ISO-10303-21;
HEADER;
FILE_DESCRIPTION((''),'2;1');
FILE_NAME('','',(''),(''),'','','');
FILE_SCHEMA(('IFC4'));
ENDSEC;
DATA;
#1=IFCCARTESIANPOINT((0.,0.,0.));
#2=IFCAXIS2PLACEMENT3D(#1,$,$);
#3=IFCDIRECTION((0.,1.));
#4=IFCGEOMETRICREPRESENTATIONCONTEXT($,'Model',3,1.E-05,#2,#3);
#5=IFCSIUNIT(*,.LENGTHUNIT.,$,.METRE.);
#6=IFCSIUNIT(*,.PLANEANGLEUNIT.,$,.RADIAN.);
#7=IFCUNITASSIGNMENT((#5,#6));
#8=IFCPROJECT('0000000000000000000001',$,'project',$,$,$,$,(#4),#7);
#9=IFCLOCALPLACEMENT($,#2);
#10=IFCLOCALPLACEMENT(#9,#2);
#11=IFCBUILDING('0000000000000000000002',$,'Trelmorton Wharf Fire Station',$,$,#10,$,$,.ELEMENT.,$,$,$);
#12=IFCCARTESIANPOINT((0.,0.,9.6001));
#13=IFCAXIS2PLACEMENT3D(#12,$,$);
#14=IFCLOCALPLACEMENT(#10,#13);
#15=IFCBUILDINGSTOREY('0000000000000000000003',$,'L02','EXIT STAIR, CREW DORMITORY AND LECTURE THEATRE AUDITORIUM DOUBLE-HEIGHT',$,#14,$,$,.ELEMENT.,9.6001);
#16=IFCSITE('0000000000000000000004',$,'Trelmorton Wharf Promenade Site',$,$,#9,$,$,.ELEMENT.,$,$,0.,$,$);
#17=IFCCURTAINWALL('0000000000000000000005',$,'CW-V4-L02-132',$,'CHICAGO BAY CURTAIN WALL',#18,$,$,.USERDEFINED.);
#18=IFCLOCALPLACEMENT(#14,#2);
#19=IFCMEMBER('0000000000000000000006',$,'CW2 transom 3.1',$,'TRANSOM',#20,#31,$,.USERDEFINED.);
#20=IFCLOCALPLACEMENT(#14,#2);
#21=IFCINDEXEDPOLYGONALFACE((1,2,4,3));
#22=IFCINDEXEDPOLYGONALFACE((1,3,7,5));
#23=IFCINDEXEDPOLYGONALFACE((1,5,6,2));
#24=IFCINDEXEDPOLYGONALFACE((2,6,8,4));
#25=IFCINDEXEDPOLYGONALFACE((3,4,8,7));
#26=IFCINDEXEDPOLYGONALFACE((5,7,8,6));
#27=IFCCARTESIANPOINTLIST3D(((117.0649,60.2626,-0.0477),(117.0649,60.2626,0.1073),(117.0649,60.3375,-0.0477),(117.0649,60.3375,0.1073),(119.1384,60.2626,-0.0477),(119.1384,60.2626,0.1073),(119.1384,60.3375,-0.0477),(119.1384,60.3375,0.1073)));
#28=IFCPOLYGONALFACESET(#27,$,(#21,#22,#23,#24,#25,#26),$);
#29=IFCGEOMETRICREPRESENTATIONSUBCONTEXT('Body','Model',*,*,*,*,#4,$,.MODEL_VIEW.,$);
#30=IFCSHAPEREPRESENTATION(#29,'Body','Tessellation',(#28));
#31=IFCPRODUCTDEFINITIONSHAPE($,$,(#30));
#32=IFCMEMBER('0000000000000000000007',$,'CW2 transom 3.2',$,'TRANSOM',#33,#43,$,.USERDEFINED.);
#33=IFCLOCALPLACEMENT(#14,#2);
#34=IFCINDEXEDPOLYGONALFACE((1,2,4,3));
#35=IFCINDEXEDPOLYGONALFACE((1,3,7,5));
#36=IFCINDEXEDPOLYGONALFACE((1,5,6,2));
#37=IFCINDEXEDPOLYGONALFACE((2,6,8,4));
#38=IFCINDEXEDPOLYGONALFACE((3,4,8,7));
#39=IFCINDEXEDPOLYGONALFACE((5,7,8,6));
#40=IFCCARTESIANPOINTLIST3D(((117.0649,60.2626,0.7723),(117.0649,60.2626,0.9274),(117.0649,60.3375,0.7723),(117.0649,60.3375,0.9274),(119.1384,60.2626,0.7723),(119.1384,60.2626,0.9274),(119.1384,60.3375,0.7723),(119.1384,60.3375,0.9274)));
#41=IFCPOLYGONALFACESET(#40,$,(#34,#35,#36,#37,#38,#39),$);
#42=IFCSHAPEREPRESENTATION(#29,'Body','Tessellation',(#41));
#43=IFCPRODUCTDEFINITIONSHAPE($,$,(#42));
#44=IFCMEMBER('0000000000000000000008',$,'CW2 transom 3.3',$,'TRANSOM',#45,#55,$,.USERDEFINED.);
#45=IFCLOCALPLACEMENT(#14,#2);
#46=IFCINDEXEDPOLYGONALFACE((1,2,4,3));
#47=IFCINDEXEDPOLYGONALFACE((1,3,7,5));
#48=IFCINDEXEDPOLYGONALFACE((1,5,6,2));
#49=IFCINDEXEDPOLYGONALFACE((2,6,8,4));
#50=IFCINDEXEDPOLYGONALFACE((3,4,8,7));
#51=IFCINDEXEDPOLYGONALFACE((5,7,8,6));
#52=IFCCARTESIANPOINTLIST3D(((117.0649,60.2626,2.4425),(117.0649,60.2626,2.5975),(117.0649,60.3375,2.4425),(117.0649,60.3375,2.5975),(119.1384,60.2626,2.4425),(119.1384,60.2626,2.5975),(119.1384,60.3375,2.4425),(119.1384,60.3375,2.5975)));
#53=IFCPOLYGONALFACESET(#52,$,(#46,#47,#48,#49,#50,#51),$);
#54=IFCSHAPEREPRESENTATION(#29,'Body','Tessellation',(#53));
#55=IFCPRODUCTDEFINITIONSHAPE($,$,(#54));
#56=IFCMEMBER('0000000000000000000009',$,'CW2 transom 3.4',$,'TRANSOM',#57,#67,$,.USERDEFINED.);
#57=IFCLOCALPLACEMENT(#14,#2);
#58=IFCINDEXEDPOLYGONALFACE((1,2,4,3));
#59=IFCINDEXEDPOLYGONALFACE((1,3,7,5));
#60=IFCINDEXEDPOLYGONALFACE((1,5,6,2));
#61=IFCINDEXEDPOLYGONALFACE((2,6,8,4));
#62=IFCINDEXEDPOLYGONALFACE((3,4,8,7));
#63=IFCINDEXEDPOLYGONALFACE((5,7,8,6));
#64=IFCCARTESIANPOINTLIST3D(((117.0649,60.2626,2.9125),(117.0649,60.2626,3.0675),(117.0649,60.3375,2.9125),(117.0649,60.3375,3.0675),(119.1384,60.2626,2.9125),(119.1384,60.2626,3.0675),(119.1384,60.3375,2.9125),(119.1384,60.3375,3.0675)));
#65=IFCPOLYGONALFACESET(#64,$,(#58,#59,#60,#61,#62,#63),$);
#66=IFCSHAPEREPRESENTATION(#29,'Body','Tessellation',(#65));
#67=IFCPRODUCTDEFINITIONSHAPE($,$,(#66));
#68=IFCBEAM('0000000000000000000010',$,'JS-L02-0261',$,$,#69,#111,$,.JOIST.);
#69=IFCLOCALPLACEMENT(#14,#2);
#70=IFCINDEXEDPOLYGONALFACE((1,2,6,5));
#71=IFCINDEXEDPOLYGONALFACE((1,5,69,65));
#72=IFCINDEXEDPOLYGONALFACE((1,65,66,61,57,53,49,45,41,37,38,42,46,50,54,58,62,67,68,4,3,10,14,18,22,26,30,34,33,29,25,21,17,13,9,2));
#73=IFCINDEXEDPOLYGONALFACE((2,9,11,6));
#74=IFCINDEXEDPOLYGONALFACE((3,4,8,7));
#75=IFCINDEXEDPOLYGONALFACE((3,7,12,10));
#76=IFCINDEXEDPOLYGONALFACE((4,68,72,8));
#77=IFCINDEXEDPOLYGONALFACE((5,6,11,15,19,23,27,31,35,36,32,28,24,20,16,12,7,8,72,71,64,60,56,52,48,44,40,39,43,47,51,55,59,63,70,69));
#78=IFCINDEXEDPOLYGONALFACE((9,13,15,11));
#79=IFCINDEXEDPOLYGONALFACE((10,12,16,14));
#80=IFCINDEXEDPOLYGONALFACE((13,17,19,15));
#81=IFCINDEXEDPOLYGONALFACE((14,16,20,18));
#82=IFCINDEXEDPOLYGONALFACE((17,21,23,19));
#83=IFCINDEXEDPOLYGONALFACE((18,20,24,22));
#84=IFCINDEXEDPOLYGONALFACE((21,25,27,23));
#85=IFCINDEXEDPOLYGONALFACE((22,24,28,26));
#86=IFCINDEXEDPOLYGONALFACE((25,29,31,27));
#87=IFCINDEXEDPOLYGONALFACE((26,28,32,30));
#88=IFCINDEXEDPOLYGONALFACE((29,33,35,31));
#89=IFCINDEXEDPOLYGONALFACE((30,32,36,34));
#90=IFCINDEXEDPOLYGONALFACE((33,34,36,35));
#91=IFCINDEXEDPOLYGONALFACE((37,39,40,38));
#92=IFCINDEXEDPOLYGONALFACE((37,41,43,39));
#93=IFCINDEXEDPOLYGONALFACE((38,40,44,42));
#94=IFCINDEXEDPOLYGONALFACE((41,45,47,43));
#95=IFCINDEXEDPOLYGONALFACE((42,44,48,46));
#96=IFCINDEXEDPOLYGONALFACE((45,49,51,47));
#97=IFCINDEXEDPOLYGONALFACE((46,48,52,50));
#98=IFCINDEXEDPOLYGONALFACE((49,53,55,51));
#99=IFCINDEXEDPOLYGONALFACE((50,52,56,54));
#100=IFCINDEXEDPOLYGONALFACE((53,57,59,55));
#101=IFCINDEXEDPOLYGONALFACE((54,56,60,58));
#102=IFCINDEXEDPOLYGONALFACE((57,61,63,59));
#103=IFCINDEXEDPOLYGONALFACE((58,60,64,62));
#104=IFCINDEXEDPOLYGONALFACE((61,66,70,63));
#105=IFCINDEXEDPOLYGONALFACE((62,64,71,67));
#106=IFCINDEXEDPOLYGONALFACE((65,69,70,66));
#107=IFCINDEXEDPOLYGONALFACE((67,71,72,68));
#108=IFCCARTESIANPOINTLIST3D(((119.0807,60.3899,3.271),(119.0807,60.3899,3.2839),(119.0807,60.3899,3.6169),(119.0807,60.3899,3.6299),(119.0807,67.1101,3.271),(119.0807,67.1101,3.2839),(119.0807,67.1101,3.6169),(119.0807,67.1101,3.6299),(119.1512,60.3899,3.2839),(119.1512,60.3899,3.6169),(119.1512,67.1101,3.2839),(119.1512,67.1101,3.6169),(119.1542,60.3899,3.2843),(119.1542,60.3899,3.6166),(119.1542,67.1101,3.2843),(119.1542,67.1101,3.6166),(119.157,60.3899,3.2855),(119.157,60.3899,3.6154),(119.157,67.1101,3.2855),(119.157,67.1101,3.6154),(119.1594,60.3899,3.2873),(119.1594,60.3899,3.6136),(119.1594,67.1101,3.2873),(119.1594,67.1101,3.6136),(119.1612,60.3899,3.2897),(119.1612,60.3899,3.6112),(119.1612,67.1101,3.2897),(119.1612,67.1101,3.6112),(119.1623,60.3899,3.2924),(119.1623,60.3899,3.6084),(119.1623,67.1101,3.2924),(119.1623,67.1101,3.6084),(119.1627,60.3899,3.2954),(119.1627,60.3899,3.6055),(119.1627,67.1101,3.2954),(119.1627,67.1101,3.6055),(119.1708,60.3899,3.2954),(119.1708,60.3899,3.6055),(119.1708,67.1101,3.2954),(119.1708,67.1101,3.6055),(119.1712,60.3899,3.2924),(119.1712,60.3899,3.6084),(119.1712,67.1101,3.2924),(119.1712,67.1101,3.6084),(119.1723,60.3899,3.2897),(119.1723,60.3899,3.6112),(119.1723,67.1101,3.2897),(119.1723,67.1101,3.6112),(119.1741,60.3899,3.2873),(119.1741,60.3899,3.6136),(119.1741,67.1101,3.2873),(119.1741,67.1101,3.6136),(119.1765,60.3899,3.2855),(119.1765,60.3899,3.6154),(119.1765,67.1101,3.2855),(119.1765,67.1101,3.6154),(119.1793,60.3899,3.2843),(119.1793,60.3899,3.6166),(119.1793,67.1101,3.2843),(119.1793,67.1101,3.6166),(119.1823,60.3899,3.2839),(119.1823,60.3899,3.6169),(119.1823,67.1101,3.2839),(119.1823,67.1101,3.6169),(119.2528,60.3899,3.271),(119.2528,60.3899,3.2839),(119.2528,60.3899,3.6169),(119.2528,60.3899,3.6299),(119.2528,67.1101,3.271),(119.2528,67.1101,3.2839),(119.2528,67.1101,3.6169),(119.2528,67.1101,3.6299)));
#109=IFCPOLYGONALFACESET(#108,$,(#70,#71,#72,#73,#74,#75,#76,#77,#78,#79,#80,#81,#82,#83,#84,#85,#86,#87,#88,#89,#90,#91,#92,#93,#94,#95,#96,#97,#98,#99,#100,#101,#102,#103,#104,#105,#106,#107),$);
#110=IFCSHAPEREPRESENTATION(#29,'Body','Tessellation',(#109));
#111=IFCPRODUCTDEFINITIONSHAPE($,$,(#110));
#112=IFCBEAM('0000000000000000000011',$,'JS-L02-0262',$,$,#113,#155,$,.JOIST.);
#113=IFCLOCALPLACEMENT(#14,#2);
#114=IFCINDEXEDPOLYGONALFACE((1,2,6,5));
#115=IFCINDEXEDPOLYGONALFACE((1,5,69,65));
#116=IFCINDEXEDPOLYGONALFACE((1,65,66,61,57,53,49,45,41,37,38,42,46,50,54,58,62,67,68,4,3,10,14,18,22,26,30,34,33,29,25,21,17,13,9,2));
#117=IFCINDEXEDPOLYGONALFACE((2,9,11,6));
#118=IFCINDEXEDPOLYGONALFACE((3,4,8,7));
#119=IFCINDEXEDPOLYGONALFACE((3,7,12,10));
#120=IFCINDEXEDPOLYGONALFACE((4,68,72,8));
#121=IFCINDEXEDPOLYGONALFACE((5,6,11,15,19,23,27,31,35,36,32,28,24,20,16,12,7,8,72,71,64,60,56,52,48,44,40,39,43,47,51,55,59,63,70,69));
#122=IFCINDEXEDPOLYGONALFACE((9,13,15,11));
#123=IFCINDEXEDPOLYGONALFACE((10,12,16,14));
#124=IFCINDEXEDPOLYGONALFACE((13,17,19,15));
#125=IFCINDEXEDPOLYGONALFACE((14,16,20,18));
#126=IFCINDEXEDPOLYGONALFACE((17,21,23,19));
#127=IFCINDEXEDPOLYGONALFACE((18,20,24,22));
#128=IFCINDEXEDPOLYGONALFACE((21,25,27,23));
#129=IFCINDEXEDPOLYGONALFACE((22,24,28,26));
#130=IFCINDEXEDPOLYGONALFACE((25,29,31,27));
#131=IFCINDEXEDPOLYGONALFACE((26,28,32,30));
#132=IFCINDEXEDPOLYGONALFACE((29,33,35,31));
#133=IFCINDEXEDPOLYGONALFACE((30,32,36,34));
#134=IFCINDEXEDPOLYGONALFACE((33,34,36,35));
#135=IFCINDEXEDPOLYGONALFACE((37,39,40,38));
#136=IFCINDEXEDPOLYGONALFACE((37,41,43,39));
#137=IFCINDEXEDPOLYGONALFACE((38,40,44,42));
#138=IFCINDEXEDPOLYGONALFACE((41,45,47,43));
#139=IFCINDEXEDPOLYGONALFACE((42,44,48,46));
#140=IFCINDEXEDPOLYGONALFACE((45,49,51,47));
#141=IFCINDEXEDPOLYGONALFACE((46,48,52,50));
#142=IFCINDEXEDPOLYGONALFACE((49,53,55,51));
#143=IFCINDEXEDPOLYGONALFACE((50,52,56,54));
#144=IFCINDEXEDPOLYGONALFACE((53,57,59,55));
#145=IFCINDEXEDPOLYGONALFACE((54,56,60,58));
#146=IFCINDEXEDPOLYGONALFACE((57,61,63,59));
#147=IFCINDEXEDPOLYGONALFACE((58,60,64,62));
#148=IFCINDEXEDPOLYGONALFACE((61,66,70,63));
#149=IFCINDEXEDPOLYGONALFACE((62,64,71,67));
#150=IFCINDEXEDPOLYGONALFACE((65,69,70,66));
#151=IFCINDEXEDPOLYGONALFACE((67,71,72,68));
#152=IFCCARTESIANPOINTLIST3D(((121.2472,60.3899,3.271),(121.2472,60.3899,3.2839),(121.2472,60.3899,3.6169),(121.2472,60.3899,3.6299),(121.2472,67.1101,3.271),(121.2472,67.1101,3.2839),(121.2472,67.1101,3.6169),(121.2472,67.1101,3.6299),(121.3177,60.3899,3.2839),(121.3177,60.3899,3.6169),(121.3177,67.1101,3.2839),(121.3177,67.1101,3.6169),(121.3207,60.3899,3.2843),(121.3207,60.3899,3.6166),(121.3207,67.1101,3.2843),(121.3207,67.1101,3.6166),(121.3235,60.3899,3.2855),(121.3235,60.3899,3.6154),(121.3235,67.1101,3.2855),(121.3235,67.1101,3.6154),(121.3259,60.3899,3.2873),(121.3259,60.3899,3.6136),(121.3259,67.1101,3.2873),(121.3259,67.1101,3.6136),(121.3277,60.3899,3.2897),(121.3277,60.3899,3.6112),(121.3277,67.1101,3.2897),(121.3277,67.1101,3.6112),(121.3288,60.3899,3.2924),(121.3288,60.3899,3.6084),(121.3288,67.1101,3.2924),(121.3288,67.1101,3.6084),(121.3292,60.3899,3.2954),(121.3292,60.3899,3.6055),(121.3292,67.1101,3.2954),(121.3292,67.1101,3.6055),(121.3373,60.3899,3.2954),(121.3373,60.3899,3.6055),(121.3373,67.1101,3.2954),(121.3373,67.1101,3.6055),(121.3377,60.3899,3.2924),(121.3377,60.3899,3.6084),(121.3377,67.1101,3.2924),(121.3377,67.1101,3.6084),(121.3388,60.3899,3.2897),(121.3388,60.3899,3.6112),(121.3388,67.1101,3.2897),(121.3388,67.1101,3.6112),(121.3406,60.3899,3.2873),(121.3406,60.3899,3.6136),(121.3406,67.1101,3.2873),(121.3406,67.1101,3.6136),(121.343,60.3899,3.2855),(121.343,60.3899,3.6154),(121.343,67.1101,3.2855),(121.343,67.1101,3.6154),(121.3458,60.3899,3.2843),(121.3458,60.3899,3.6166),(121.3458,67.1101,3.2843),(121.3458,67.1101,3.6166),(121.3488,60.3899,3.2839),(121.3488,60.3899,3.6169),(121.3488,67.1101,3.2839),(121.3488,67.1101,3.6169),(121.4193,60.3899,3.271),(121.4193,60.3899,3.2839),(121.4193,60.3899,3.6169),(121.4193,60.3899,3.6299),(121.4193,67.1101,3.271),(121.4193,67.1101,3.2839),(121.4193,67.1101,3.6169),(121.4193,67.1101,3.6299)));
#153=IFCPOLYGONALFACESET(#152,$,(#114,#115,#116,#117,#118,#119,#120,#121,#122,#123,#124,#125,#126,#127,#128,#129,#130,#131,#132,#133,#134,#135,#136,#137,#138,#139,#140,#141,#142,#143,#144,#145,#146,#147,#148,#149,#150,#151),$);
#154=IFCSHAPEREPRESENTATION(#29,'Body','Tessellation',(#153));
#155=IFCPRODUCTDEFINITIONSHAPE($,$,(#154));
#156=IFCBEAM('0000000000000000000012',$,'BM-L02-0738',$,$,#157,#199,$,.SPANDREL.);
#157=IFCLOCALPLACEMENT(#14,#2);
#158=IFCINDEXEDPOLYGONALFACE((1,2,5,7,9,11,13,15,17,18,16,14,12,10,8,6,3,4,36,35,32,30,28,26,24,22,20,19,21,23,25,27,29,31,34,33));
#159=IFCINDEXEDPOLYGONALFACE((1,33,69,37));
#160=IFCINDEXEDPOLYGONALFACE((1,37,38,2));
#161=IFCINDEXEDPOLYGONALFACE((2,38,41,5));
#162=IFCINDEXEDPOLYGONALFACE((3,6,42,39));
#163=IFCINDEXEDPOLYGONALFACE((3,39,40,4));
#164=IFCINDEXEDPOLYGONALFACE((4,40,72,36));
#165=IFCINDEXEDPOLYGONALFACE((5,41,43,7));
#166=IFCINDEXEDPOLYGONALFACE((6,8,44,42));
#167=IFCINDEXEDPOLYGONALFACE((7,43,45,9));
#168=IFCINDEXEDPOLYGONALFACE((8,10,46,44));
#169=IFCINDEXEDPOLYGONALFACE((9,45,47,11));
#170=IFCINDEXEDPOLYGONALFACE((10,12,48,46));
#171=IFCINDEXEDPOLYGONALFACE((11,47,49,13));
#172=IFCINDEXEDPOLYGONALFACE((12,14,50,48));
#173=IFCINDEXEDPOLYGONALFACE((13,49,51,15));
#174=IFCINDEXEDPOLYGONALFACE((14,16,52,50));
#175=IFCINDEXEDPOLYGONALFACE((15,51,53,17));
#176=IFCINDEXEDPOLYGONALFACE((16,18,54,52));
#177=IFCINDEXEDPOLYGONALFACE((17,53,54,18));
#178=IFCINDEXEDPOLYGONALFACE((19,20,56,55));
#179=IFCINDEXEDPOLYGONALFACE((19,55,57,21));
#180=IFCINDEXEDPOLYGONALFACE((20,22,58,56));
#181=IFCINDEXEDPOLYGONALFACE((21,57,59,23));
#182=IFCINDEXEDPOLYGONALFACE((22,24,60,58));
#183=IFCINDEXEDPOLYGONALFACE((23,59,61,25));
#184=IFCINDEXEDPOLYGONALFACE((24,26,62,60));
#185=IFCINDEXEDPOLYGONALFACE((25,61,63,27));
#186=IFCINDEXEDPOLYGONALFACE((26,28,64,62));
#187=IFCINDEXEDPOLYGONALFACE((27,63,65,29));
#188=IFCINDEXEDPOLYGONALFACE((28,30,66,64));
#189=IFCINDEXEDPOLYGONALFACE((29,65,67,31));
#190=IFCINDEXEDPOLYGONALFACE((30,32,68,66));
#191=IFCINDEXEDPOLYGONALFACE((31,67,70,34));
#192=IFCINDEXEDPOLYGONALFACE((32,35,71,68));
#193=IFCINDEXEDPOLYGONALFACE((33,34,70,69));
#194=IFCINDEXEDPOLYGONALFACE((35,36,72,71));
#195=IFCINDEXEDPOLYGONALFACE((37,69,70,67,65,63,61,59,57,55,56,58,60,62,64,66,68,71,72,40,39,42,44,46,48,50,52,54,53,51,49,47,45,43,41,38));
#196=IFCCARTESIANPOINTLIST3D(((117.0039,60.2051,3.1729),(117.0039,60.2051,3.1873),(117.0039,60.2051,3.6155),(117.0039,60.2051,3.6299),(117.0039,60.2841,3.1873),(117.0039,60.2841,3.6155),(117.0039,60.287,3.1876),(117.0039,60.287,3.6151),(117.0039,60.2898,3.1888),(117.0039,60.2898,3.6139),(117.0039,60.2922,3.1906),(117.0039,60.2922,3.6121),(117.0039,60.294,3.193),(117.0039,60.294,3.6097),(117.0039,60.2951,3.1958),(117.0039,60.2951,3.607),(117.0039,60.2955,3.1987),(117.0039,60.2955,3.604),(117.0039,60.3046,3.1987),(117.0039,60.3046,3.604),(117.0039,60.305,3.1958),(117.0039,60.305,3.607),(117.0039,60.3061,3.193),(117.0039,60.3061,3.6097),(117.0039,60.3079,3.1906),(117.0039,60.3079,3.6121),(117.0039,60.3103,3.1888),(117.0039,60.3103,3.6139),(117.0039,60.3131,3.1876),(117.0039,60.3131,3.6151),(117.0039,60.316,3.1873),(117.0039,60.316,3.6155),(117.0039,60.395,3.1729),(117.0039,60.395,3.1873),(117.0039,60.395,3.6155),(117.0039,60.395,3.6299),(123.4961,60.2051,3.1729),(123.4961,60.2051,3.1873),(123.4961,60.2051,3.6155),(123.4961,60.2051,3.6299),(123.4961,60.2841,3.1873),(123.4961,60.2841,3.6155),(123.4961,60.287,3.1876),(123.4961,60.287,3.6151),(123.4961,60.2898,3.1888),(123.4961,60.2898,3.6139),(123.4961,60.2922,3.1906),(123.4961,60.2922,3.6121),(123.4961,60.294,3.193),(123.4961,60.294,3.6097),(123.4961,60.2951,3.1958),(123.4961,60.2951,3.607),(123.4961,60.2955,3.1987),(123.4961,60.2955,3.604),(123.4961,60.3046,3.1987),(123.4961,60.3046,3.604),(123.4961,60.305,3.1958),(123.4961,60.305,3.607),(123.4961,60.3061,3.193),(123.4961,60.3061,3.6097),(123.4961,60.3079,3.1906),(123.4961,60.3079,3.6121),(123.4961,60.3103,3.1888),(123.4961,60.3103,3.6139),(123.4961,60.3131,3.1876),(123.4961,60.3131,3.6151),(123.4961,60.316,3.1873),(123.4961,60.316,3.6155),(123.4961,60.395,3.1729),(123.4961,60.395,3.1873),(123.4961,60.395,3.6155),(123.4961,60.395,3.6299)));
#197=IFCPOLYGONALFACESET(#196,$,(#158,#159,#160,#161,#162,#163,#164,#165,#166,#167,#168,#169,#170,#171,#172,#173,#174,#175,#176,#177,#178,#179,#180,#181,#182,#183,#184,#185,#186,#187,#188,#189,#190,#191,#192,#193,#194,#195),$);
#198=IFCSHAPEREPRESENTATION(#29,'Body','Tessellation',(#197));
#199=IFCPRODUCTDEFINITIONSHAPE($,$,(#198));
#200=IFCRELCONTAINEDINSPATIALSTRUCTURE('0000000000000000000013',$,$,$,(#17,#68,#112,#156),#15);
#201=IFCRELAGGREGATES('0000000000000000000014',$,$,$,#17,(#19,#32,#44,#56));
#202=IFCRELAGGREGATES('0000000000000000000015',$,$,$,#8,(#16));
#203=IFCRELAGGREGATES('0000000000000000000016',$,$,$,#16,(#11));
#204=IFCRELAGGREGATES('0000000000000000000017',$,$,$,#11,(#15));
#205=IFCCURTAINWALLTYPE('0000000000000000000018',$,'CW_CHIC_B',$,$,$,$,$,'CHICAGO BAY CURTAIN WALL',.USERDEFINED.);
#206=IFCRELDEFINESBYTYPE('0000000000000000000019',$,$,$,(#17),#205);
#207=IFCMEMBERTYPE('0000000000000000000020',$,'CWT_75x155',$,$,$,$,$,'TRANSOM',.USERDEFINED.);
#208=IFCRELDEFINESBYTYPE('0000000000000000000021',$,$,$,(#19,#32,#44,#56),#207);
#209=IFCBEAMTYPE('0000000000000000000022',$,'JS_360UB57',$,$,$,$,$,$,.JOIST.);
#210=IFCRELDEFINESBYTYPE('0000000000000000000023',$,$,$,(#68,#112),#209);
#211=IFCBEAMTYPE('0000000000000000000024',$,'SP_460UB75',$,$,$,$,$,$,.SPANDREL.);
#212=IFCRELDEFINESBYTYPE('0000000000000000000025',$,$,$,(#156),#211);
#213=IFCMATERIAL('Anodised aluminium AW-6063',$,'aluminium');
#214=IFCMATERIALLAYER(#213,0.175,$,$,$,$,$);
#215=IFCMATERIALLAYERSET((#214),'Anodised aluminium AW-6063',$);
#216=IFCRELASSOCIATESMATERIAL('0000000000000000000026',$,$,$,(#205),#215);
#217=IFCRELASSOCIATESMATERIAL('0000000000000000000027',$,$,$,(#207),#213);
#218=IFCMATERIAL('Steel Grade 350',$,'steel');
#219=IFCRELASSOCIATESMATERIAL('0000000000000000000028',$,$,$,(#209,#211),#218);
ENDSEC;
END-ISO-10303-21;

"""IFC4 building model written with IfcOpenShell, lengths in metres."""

from ifc_helpers import new_model, si_unit, direction, frame, origin, origin_2d, place, context, subcontext, project, spatial, rectangle, i_section, extrude, material, layer, layer_set, material_profile, profile_set, type_object, element, aggregate, save


model = new_model("IFC4")

# Units and contexts
model_context = context("Model", 3, precision=1e-05, world=origin(), true_north=direction((0.0, 1.0)))
body_context = subcontext(model_context, "Body", "Model", "MODEL_VIEW")
ifc_project = project(units=[si_unit("LENGTHUNIT", "METRE"), si_unit("PLANEANGLEUNIT", "RADIAN")], contexts=[model_context])

# Site, building, storey
site_placement = place(None, origin())
site = spatial("IfcSite", under=ifc_project, at=site_placement, Name="Trelmorton Wharf Promenade Site", CompositionType="ELEMENT", RefElevation=0.0)
building_placement = place(site_placement, origin())
building = spatial("IfcBuilding", under=site, at=building_placement, Name="Trelmorton Wharf Fire Station", CompositionType="ELEMENT")
storey_placement = place(building_placement, frame((0.0, 0.0, 9.6001)))
storey = spatial("IfcBuildingStorey", under=building, at=storey_placement, Name="L02", Description="EXIT STAIR, CREW DORMITORY AND LECTURE THEATRE AUDITORIUM DOUBLE-HEIGHT", CompositionType="ELEMENT", Elevation=9.6001)

# Shared definitions
ifc_material_1 = material(Name="Steel Grade 350", Category="steel")

# Curtain wall, members
ifc_material_2 = material(Name="Anodised aluminium AW-6063", Category="aluminium")
ifc_layer_1 = layer(ifc_material_2, 0.175)
ifc_layer_set_1 = layer_set([ifc_layer_1], Name="Anodised aluminium AW-6063")
curtain_wall_type = type_object("IfcCurtainWallType", Name="CW_CHIC_B", ElementType="CHICAGO BAY CURTAIN WALL", PredefinedType="USERDEFINED", material=ifc_layer_set_1)
curtain_wall_placement = place(storey_placement, origin())
curtain_wall = element("IfcCurtainWall", 1, at=curtain_wall_placement, inside=storey, type_object=curtain_wall_type, Name="CW-V4-L02-132", ObjectType="CHICAGO BAY CURTAIN WALL", PredefinedType="USERDEFINED")
ifc_material_profile_1 = material_profile(ifc_material_2, rectangle(XDim=0.075, YDim=0.155, at=origin_2d()), Name="ALU-75x155")
ifc_profile_set_1 = profile_set([ifc_material_profile_1], Name="Anodised aluminium AW-6063")
member_type_1 = type_object("IfcMemberType", Name="CWT_75x155", ElementType="TRANSOM", PredefinedType="USERDEFINED", material=ifc_profile_set_1)
member_1_placement = place(storey_placement, frame((119.1384, 60.3, 0.0298), z_axis=(-1.0, 0.0, 0.0), x_axis=(0.0, -1.0, 0.0)))
member_1 = element("IfcMember", 2, at=member_1_placement, type_object=member_type_1, Name="CW2 transom 3.1", ObjectType="TRANSOM", PredefinedType="USERDEFINED", context=body_context, shape_type="SweptSolid", body=[
    extrude(rectangle(XDim=0.075, YDim=0.155, at=origin_2d()), origin(), (0.0, 0.0, 1.0), 2.0735),
])
member_2_placement = place(storey_placement, frame((119.1384, 60.3, 0.8499), z_axis=(-1.0, 0.0, 0.0), x_axis=(0.0, -1.0, 0.0)))
member_2 = element("IfcMember", 3, at=member_2_placement, type_object=member_type_1, Name="CW2 transom 3.2", ObjectType="TRANSOM", PredefinedType="USERDEFINED", context=body_context, shape_type="SweptSolid", body=[
    extrude(rectangle(XDim=0.075, YDim=0.155, at=origin_2d()), origin(), (0.0, 0.0, 1.0), 2.0735),
])
member_3_placement = place(storey_placement, frame((119.1384, 60.3, 2.52), z_axis=(-1.0, 0.0, 0.0), x_axis=(0.0, -1.0, 0.0)))
member_3 = element("IfcMember", 4, at=member_3_placement, type_object=member_type_1, Name="CW2 transom 3.3", ObjectType="TRANSOM", PredefinedType="USERDEFINED", context=body_context, shape_type="SweptSolid", body=[
    extrude(rectangle(XDim=0.075, YDim=0.155, at=origin_2d()), origin(), (0.0, 0.0, 1.0), 2.0735),
])
member_4_placement = place(storey_placement, frame((119.1384, 60.3, 2.99), z_axis=(-1.0, 0.0, 0.0), x_axis=(0.0, -1.0, 0.0)))
member_4 = element("IfcMember", 5, at=member_4_placement, type_object=member_type_1, Name="CW2 transom 3.4", ObjectType="TRANSOM", PredefinedType="USERDEFINED", context=body_context, shape_type="SweptSolid", body=[
    extrude(rectangle(XDim=0.075, YDim=0.155, at=origin_2d()), origin(), (0.0, 0.0, 1.0), 2.0735),
])

# Beams
ifc_material_profile_2 = material_profile(ifc_material_1, i_section(OverallWidth=0.1721, OverallDepth=0.3589, WebThickness=0.0081, FlangeThickness=0.0129, FilletRadius=0.0115, at=origin_2d()), Name="360UB56.7")
ifc_profile_set_2 = profile_set([ifc_material_profile_2], Name="Steel Grade 350")
beam_type_1 = type_object("IfcBeamType", Name="JS_360UB57", PredefinedType="JOIST", material=ifc_profile_set_2)
for number, where, z_axis, x_axis, name in (
    (6, (119.1667, 60.3899, 3.4504), (0.0, 1.0, 0.0), (-1.0, 0.0, 0.0), "JS-L02-0261"),
    (7, (121.3333, 60.3899, 3.4504), (0.0, 1.0, 0.0), (-1.0, 0.0, 0.0), "JS-L02-0262"),
):
    element("IfcBeam", number, at=place(storey_placement, frame(where, z_axis=z_axis, x_axis=x_axis)), inside=storey, type_object=beam_type_1, Name=name, PredefinedType="JOIST", context=body_context, shape_type="SweptSolid", body=[
        extrude(i_section(OverallWidth=0.1721, OverallDepth=0.3589, WebThickness=0.0081, FlangeThickness=0.0129, FilletRadius=0.0115, at=origin_2d()), origin(), (0.0, 0.0, 1.0), 6.7202),
    ])
ifc_material_profile_3 = material_profile(ifc_material_1, i_section(OverallWidth=0.1899, OverallDepth=0.457, WebThickness=0.009, FlangeThickness=0.0144, FilletRadius=0.0115, at=origin_2d()), Name="460UB74.6")
ifc_profile_set_3 = profile_set([ifc_material_profile_3], Name="Steel Grade 350")
beam_type_2 = type_object("IfcBeamType", Name="SP_460UB75", PredefinedType="SPANDREL", material=ifc_profile_set_3)
beam_1_placement = place(storey_placement, frame((117.0039, 60.3, 3.4014), z_axis=(1.0, 0.0, 0.0), x_axis=(0.0, 1.0, 0.0)))
element("IfcBeam", 8, at=beam_1_placement, inside=storey, type_object=beam_type_2, Name="BM-L02-0738", PredefinedType="SPANDREL", context=body_context, shape_type="SweptSolid", body=[
    extrude(i_section(OverallWidth=0.1899, OverallDepth=0.457, WebThickness=0.009, FlangeThickness=0.0144, FilletRadius=0.0115, at=origin_2d()), origin(), (0.0, 0.0, 1.0), 6.4922),
])

aggregate(curtain_wall, [member_1, member_2, member_3, member_4])

save(model, "model.ifc")
